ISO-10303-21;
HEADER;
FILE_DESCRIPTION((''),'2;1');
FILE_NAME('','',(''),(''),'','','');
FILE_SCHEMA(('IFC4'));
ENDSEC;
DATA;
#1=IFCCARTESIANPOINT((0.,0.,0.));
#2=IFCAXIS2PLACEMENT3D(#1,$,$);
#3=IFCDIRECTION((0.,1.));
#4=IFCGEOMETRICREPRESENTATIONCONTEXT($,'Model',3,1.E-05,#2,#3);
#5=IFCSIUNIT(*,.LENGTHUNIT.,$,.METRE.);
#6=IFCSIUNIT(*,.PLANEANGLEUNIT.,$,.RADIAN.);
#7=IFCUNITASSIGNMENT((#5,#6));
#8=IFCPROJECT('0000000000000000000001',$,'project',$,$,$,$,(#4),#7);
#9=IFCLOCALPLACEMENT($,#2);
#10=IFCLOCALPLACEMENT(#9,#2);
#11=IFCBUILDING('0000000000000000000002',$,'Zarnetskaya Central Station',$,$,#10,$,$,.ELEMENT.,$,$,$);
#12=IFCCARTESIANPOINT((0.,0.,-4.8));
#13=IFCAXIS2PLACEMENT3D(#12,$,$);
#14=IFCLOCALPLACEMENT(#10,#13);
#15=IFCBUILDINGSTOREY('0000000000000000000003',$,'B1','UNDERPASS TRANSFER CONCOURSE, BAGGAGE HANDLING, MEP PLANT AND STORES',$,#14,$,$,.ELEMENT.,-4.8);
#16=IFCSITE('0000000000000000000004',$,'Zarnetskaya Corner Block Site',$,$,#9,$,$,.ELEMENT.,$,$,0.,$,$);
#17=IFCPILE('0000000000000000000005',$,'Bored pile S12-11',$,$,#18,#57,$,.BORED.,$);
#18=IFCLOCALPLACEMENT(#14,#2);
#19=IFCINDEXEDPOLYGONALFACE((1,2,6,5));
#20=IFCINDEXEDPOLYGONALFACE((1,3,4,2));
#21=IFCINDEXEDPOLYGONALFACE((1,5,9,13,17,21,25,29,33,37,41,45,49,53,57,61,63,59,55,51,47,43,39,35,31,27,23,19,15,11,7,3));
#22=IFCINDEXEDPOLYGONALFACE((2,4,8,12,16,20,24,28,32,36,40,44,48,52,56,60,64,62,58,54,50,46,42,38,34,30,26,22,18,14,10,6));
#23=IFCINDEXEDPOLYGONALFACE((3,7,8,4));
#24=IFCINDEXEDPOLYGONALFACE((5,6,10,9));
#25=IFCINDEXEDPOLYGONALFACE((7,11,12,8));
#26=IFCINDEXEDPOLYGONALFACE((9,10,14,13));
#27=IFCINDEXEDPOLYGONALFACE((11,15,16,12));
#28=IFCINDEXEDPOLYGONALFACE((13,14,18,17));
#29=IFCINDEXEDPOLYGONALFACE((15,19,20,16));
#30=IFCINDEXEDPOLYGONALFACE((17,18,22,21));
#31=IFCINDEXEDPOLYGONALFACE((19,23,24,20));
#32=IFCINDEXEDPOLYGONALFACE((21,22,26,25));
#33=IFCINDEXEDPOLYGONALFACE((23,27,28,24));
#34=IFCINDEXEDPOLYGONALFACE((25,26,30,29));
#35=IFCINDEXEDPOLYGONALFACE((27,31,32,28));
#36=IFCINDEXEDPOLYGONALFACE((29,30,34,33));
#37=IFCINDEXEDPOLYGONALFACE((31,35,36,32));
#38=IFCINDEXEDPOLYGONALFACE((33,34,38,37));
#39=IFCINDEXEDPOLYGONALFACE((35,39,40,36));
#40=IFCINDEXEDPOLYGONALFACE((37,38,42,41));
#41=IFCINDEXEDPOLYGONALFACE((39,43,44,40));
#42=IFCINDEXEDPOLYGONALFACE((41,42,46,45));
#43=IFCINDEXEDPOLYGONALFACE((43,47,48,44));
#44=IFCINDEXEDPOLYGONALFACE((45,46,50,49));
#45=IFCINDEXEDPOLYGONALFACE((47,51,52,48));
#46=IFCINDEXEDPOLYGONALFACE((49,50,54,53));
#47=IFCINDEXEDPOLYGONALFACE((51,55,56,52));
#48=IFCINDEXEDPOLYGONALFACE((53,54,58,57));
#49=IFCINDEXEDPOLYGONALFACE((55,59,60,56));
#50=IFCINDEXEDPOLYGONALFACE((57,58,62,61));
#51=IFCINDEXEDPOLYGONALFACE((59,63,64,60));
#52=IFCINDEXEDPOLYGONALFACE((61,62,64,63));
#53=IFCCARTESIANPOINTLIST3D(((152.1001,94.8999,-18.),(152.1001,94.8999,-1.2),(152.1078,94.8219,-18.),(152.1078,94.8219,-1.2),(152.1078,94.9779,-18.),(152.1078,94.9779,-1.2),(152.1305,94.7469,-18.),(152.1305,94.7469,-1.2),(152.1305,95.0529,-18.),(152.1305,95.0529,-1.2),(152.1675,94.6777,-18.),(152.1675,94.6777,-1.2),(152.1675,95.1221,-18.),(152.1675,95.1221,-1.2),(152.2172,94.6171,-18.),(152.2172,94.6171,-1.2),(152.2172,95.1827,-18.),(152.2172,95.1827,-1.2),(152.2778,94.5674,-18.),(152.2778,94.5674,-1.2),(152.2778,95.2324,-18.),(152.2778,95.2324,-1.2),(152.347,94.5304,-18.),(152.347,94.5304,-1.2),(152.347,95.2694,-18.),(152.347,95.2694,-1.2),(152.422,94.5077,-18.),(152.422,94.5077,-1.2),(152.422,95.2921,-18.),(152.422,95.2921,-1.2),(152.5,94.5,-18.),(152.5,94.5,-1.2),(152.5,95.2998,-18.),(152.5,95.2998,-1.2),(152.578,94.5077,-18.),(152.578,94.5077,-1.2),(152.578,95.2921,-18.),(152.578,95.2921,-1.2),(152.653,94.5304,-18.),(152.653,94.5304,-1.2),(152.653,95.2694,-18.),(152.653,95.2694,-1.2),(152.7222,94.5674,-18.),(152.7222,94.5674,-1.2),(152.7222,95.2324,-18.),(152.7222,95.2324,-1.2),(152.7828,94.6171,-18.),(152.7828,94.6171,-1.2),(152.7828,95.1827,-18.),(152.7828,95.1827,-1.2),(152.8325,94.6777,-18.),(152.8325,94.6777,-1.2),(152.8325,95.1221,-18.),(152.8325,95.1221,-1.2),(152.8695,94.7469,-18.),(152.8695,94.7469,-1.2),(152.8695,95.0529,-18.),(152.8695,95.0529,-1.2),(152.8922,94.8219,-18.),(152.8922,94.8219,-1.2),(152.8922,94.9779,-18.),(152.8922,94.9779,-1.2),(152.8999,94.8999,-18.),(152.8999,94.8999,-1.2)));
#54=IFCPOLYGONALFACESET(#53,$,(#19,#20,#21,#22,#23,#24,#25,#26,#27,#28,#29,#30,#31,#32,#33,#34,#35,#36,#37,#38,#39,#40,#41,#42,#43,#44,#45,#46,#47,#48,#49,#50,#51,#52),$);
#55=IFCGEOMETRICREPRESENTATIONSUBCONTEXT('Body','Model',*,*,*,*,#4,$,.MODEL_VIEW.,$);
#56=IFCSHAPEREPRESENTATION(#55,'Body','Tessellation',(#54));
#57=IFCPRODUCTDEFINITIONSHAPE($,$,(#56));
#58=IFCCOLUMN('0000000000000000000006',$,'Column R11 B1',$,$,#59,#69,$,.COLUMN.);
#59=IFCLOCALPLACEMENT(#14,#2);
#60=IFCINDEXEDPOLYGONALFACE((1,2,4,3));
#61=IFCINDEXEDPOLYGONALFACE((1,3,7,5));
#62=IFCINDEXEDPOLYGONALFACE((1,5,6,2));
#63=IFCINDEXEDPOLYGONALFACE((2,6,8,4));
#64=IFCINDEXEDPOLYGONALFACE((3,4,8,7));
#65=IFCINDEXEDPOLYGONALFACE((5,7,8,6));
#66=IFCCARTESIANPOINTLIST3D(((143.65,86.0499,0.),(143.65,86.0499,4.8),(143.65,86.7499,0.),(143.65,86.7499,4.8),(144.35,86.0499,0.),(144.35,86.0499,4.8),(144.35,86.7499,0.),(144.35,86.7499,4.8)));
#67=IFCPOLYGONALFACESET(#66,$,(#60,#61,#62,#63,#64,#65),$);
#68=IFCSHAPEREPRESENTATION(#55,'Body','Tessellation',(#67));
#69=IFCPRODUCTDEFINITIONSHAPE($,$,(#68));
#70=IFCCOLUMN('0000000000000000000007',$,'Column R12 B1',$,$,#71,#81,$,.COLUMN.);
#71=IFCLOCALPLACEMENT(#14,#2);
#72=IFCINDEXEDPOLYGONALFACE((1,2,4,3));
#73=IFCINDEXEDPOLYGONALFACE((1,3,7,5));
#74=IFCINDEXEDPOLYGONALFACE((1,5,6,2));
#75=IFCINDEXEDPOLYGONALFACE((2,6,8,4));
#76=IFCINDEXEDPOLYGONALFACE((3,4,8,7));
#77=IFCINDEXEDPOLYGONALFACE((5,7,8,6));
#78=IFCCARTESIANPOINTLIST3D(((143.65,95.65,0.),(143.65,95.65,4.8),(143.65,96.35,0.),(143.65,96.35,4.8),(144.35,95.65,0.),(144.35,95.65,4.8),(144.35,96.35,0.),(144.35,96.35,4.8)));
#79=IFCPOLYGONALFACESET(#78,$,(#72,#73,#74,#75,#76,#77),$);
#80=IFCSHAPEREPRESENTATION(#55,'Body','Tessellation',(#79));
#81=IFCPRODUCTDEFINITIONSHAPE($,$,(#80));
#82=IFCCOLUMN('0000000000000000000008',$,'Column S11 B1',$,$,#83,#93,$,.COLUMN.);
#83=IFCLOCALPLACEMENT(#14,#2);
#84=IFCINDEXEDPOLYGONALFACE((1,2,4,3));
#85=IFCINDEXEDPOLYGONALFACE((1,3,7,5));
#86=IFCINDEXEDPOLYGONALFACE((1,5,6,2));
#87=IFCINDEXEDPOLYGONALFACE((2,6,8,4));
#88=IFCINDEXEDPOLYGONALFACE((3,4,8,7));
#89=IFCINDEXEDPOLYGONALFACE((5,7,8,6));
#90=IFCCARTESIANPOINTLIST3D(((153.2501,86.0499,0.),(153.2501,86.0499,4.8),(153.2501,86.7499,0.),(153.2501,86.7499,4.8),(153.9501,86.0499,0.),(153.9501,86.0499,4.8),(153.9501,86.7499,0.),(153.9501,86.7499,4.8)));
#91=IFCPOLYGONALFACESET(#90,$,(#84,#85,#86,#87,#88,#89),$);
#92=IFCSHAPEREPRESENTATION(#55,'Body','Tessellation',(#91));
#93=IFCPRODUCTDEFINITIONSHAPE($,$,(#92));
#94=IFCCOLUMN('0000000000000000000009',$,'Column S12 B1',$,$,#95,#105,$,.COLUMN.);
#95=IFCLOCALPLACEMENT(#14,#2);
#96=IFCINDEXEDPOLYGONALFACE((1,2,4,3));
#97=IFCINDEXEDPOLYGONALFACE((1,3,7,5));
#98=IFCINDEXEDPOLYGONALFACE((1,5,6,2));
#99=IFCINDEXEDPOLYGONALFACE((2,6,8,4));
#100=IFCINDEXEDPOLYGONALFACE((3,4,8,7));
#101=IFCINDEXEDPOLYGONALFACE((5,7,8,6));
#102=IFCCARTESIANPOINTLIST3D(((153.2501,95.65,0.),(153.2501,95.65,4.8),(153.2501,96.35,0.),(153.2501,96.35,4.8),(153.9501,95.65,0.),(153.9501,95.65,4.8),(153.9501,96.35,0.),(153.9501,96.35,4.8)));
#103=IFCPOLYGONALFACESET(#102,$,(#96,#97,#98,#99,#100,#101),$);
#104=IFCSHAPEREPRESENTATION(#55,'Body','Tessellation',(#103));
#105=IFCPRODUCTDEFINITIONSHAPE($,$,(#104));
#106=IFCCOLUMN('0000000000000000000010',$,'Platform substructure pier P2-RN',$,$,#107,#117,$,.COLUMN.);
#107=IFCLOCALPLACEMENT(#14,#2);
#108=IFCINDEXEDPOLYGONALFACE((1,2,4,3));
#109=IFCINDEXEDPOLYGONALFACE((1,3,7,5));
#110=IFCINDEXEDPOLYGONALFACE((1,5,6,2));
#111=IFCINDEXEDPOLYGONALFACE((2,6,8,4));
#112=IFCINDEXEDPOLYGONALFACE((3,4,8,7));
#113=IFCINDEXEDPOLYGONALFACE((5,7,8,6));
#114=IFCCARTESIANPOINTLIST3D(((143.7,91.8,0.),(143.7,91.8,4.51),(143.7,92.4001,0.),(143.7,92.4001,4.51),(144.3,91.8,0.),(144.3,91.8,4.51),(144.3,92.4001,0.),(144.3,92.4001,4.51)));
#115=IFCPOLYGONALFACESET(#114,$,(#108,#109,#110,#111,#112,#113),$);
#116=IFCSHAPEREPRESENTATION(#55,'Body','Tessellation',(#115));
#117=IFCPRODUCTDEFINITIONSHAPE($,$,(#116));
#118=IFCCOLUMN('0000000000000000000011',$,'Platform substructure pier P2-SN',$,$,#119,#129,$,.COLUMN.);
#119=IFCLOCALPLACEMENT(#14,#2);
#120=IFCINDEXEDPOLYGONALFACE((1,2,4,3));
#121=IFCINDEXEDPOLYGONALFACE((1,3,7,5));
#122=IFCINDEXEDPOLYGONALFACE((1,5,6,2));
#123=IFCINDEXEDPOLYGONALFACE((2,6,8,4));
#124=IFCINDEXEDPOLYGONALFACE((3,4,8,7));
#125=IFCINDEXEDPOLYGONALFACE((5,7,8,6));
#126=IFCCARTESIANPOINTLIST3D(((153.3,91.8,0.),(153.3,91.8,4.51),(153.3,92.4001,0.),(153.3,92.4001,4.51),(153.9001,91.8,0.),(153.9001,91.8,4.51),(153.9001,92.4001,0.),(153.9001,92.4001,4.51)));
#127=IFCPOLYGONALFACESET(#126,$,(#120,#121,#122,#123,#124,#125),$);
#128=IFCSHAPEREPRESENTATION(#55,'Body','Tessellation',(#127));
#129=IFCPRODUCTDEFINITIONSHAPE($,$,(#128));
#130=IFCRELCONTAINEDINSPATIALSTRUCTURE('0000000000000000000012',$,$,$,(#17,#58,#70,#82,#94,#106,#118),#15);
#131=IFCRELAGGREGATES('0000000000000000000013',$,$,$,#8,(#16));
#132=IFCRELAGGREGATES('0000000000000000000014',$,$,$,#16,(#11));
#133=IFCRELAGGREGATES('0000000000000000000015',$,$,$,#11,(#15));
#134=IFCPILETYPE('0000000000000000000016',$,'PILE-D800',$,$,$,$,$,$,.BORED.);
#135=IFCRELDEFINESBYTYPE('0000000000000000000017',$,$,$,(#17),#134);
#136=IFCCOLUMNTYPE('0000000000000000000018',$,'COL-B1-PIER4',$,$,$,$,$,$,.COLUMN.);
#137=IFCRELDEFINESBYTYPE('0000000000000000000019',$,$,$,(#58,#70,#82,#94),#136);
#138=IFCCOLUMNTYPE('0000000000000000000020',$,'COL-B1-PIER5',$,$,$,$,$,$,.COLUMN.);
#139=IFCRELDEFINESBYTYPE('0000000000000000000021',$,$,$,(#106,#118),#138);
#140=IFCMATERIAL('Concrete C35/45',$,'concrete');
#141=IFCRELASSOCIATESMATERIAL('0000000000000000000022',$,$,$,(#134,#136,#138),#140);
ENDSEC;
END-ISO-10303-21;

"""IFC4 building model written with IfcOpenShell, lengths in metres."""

from ifc_helpers import new_model, si_unit, direction, frame, origin, origin_2d, place, context, subcontext, project, spatial, rectangle, circle, extrude, material, material_profile, profile_set, type_object, element, save


model = new_model("IFC4")

# Units and contexts
model_context = context("Model", 3, precision=1e-05, world=origin(), true_north=direction((0.0, 1.0)))
body_context = subcontext(model_context, "Body", "Model", "MODEL_VIEW")
ifc_project = project(units=[si_unit("LENGTHUNIT", "METRE"), si_unit("PLANEANGLEUNIT", "RADIAN")], contexts=[model_context])

# Site, building, storey
site_placement = place(None, origin())
site = spatial("IfcSite", under=ifc_project, at=site_placement, Name="Zarnetskaya Corner Block Site", CompositionType="ELEMENT", RefElevation=0.0)
building_placement = place(site_placement, origin())
building = spatial("IfcBuilding", under=site, at=building_placement, Name="Zarnetskaya Central Station", CompositionType="ELEMENT")
storey_placement = place(building_placement, frame((0.0, 0.0, -4.8)))
storey = spatial("IfcBuildingStorey", under=building, at=storey_placement, Name="B1", Description="UNDERPASS TRANSFER CONCOURSE, BAGGAGE HANDLING, MEP PLANT AND STORES", CompositionType="ELEMENT", Elevation=-4.8)

# Shared definitions
ifc_material = material(Name="Concrete C35/45", Category="concrete")

# Pile
ifc_material_profile_1 = material_profile(ifc_material, circle(Radius=0.3999, at=origin_2d()), Name="BORED PILE D800")
ifc_profile_set_1 = profile_set([ifc_material_profile_1], Name="Concrete C35/45")
pile_type = type_object("IfcPileType", Name="PILE-D800", PredefinedType="BORED", material=ifc_profile_set_1)
for number, where, z_axis, x_axis, name in (
    (1, (152.5, 94.8999, -1.2), (0.0, 0.0, -1.0), (1.0, 0.0, 0.0), "Bored pile S12-11"),
):
    element("IfcPile", number, at=place(storey_placement, frame(where, z_axis=z_axis, x_axis=x_axis)), inside=storey, type_object=pile_type, Name=name, PredefinedType="BORED", context=body_context, shape_type="SweptSolid", body=[
        extrude(circle(Radius=0.3999, at=origin_2d()), origin(), (0.0, 0.0, 1.0), 16.8),
    ])

# Columns
ifc_material_profile_2 = material_profile(ifc_material, rectangle(XDim=0.7, YDim=0.7, at=origin_2d()), Name="RC 700x700")
ifc_profile_set_2 = profile_set([ifc_material_profile_2], Name="Concrete C35/45")
column_type_1 = type_object("IfcColumnType", Name="COL-B1-PIER4", PredefinedType="COLUMN", material=ifc_profile_set_2)
for number, where, z_axis, x_axis, name in (
    (2, (144.0, 86.3999, 0.0), (0.0, 0.0, 1.0), (1.0, 0.0, 0.0), "Column R11 B1"),
    (3, (144.0, 96.0, 0.0), (0.0, 0.0, 1.0), (1.0, 0.0, 0.0), "Column R12 B1"),
    (4, (153.6001, 86.3999, 0.0), (0.0, 0.0, 1.0), (1.0, 0.0, 0.0), "Column S11 B1"),
    (5, (153.6001, 96.0, 0.0), (0.0, 0.0, 1.0), (1.0, 0.0, 0.0), "Column S12 B1"),
):
    element("IfcColumn", number, at=place(storey_placement, frame(where, z_axis=z_axis, x_axis=x_axis)), inside=storey, type_object=column_type_1, Name=name, PredefinedType="COLUMN", context=body_context, shape_type="SweptSolid", body=[
        extrude(rectangle(XDim=0.7, YDim=0.7, at=origin_2d()), origin(), (0.0, 0.0, 1.0), 4.8),
    ])
ifc_material_profile_3 = material_profile(ifc_material, rectangle(XDim=0.6001, YDim=0.6001, at=origin_2d()), Name="RC 600x600")
ifc_profile_set_3 = profile_set([ifc_material_profile_3], Name="Concrete C35/45")
column_type_2 = type_object("IfcColumnType", Name="COL-B1-PIER5", PredefinedType="COLUMN", material=ifc_profile_set_3)
for number, where, z_axis, x_axis, name in (
    (6, (144.0, 92.1001, 0.0), (0.0, 0.0, 1.0), (1.0, 0.0, 0.0), "Platform substructure pier P2-RN"),
    (7, (153.6001, 92.1001, 0.0), (0.0, 0.0, 1.0), (1.0, 0.0, 0.0), "Platform substructure pier P2-SN"),
):
    element("IfcColumn", number, at=place(storey_placement, frame(where, z_axis=z_axis, x_axis=x_axis)), inside=storey, type_object=column_type_2, Name=name, PredefinedType="COLUMN", context=body_context, shape_type="SweptSolid", body=[
        extrude(rectangle(XDim=0.6001, YDim=0.6001, at=origin_2d()), origin(), (0.0, 0.0, 1.0), 4.51),
    ])

save(model, "model.ifc")
